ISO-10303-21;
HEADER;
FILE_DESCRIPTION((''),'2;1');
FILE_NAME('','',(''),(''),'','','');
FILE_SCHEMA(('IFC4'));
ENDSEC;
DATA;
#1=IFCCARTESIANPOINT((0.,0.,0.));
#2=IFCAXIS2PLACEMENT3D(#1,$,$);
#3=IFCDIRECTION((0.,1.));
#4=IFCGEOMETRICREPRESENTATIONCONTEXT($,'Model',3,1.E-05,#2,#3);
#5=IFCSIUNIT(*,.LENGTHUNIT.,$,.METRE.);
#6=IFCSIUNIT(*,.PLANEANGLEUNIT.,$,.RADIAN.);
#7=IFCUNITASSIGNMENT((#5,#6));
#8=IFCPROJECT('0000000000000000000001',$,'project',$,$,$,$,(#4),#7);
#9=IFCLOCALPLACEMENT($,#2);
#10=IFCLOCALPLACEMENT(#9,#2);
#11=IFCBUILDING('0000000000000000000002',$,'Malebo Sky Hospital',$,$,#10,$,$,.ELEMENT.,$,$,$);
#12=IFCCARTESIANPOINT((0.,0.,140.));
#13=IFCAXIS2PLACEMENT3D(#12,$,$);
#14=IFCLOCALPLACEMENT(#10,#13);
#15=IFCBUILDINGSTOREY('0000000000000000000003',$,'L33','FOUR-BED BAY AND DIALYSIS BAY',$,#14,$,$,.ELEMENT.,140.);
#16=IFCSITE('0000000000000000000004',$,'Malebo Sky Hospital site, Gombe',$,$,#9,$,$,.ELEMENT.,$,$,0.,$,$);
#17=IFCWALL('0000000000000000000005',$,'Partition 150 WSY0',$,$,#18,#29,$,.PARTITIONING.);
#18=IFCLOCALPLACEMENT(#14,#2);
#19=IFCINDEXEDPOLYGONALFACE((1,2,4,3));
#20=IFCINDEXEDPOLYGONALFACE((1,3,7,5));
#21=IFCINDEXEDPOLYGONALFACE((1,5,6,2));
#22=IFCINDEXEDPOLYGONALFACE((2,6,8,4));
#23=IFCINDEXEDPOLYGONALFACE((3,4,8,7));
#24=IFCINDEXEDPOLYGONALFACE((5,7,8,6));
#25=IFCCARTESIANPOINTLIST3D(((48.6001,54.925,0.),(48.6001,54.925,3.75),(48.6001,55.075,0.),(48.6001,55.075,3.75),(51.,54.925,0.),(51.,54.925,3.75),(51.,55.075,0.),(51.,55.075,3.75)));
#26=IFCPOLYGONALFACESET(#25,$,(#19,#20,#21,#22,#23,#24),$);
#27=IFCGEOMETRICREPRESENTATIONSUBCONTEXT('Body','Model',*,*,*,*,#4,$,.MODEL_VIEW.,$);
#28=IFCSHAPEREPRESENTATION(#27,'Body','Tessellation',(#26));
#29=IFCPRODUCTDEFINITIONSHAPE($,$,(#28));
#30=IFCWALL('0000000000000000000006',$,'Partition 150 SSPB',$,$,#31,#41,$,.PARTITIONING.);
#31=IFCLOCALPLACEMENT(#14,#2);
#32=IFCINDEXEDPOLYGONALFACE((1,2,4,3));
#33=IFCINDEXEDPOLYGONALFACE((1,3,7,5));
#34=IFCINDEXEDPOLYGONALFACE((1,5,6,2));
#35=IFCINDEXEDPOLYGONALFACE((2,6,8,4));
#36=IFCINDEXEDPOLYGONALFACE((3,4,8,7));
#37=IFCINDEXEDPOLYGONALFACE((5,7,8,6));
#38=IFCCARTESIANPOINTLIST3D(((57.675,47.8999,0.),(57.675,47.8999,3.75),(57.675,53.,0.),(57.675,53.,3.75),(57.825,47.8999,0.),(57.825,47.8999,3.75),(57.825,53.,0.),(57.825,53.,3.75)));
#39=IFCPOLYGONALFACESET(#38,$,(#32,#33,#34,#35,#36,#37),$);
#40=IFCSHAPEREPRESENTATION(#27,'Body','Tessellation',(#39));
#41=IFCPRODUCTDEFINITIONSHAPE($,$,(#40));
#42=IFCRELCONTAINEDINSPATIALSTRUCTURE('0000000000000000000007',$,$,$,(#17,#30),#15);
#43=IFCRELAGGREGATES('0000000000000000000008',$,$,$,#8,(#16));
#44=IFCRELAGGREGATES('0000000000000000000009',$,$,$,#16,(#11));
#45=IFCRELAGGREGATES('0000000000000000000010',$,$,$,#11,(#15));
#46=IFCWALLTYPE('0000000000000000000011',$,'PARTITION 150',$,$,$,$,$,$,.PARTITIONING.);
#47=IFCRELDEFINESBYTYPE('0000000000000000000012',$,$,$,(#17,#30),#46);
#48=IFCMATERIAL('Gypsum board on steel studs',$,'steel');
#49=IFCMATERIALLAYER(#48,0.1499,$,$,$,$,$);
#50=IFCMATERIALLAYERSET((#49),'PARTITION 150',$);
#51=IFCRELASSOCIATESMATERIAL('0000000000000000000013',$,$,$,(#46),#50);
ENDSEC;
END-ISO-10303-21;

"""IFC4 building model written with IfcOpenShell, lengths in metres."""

from ifc_helpers import new_model, si_unit, direction, frame, frame_2d, origin, place, context, subcontext, project, spatial, rectangle, extrude, material, layer, layer_set, type_object, element, save


model = new_model("IFC4")

# Units and contexts
model_context = context("Model", 3, precision=1e-05, world=origin(), true_north=direction((0.0, 1.0)))
body_context = subcontext(model_context, "Body", "Model", "MODEL_VIEW")
ifc_project = project(units=[si_unit("LENGTHUNIT", "METRE"), si_unit("PLANEANGLEUNIT", "RADIAN")], contexts=[model_context])

# Site, building, storey
site_placement = place(None, origin())
site = spatial("IfcSite", under=ifc_project, at=site_placement, Name="Malebo Sky Hospital site, Gombe", CompositionType="ELEMENT", RefElevation=0.0)
building_placement = place(site_placement, origin())
building = spatial("IfcBuilding", under=site, at=building_placement, Name="Malebo Sky Hospital", CompositionType="ELEMENT")
storey_placement = place(building_placement, frame((0.0, 0.0, 140.0)))
storey = spatial("IfcBuildingStorey", under=building, at=storey_placement, Name="L33", Description="FOUR-BED BAY AND DIALYSIS BAY", CompositionType="ELEMENT", Elevation=140.0)

# Shared definitions
ifc_material_1 = material(Name="Gypsum board on steel studs", Category="steel")
ifc_layer_1 = layer(ifc_material_1, 0.1499)
ifc_layer_set_1 = layer_set([ifc_layer_1], Name="PARTITION 150")
wall_type_1 = type_object("IfcWallType", Name="PARTITION 150", PredefinedType="PARTITIONING", material=ifc_layer_set_1)

# Walls
wall_1_placement = place(storey_placement, frame((51.0, 55.0, 0.0), z_axis=(0.0, 0.0, 1.0), x_axis=(-1.0, 0.0, 0.0)))
element("IfcWall", 1, at=wall_1_placement, inside=storey, type_object=wall_type_1, Name="Partition 150 WSY0", PredefinedType="PARTITIONING", context=body_context, shape_type="SweptSolid", body=[
    extrude(rectangle(XDim=2.3999, YDim=0.1499, at=frame_2d((1.2, 0.0))), origin(), (0.0, 0.0, 1.0), 3.75),
])
wall_2_placement = place(storey_placement, frame((57.75, 53.0, 0.0), z_axis=(0.0, 0.0, 1.0), x_axis=(0.0, -1.0, 0.0)))
element("IfcWall", 2, at=wall_2_placement, inside=storey, type_object=wall_type_1, Name="Partition 150 SSPB", PredefinedType="PARTITIONING", context=body_context, shape_type="SweptSolid", body=[
    extrude(rectangle(XDim=5.1001, YDim=0.1499, at=frame_2d((2.55, 0.0))), origin(), (0.0, 0.0, 1.0), 3.75),
])

save(model, "model.ifc")
